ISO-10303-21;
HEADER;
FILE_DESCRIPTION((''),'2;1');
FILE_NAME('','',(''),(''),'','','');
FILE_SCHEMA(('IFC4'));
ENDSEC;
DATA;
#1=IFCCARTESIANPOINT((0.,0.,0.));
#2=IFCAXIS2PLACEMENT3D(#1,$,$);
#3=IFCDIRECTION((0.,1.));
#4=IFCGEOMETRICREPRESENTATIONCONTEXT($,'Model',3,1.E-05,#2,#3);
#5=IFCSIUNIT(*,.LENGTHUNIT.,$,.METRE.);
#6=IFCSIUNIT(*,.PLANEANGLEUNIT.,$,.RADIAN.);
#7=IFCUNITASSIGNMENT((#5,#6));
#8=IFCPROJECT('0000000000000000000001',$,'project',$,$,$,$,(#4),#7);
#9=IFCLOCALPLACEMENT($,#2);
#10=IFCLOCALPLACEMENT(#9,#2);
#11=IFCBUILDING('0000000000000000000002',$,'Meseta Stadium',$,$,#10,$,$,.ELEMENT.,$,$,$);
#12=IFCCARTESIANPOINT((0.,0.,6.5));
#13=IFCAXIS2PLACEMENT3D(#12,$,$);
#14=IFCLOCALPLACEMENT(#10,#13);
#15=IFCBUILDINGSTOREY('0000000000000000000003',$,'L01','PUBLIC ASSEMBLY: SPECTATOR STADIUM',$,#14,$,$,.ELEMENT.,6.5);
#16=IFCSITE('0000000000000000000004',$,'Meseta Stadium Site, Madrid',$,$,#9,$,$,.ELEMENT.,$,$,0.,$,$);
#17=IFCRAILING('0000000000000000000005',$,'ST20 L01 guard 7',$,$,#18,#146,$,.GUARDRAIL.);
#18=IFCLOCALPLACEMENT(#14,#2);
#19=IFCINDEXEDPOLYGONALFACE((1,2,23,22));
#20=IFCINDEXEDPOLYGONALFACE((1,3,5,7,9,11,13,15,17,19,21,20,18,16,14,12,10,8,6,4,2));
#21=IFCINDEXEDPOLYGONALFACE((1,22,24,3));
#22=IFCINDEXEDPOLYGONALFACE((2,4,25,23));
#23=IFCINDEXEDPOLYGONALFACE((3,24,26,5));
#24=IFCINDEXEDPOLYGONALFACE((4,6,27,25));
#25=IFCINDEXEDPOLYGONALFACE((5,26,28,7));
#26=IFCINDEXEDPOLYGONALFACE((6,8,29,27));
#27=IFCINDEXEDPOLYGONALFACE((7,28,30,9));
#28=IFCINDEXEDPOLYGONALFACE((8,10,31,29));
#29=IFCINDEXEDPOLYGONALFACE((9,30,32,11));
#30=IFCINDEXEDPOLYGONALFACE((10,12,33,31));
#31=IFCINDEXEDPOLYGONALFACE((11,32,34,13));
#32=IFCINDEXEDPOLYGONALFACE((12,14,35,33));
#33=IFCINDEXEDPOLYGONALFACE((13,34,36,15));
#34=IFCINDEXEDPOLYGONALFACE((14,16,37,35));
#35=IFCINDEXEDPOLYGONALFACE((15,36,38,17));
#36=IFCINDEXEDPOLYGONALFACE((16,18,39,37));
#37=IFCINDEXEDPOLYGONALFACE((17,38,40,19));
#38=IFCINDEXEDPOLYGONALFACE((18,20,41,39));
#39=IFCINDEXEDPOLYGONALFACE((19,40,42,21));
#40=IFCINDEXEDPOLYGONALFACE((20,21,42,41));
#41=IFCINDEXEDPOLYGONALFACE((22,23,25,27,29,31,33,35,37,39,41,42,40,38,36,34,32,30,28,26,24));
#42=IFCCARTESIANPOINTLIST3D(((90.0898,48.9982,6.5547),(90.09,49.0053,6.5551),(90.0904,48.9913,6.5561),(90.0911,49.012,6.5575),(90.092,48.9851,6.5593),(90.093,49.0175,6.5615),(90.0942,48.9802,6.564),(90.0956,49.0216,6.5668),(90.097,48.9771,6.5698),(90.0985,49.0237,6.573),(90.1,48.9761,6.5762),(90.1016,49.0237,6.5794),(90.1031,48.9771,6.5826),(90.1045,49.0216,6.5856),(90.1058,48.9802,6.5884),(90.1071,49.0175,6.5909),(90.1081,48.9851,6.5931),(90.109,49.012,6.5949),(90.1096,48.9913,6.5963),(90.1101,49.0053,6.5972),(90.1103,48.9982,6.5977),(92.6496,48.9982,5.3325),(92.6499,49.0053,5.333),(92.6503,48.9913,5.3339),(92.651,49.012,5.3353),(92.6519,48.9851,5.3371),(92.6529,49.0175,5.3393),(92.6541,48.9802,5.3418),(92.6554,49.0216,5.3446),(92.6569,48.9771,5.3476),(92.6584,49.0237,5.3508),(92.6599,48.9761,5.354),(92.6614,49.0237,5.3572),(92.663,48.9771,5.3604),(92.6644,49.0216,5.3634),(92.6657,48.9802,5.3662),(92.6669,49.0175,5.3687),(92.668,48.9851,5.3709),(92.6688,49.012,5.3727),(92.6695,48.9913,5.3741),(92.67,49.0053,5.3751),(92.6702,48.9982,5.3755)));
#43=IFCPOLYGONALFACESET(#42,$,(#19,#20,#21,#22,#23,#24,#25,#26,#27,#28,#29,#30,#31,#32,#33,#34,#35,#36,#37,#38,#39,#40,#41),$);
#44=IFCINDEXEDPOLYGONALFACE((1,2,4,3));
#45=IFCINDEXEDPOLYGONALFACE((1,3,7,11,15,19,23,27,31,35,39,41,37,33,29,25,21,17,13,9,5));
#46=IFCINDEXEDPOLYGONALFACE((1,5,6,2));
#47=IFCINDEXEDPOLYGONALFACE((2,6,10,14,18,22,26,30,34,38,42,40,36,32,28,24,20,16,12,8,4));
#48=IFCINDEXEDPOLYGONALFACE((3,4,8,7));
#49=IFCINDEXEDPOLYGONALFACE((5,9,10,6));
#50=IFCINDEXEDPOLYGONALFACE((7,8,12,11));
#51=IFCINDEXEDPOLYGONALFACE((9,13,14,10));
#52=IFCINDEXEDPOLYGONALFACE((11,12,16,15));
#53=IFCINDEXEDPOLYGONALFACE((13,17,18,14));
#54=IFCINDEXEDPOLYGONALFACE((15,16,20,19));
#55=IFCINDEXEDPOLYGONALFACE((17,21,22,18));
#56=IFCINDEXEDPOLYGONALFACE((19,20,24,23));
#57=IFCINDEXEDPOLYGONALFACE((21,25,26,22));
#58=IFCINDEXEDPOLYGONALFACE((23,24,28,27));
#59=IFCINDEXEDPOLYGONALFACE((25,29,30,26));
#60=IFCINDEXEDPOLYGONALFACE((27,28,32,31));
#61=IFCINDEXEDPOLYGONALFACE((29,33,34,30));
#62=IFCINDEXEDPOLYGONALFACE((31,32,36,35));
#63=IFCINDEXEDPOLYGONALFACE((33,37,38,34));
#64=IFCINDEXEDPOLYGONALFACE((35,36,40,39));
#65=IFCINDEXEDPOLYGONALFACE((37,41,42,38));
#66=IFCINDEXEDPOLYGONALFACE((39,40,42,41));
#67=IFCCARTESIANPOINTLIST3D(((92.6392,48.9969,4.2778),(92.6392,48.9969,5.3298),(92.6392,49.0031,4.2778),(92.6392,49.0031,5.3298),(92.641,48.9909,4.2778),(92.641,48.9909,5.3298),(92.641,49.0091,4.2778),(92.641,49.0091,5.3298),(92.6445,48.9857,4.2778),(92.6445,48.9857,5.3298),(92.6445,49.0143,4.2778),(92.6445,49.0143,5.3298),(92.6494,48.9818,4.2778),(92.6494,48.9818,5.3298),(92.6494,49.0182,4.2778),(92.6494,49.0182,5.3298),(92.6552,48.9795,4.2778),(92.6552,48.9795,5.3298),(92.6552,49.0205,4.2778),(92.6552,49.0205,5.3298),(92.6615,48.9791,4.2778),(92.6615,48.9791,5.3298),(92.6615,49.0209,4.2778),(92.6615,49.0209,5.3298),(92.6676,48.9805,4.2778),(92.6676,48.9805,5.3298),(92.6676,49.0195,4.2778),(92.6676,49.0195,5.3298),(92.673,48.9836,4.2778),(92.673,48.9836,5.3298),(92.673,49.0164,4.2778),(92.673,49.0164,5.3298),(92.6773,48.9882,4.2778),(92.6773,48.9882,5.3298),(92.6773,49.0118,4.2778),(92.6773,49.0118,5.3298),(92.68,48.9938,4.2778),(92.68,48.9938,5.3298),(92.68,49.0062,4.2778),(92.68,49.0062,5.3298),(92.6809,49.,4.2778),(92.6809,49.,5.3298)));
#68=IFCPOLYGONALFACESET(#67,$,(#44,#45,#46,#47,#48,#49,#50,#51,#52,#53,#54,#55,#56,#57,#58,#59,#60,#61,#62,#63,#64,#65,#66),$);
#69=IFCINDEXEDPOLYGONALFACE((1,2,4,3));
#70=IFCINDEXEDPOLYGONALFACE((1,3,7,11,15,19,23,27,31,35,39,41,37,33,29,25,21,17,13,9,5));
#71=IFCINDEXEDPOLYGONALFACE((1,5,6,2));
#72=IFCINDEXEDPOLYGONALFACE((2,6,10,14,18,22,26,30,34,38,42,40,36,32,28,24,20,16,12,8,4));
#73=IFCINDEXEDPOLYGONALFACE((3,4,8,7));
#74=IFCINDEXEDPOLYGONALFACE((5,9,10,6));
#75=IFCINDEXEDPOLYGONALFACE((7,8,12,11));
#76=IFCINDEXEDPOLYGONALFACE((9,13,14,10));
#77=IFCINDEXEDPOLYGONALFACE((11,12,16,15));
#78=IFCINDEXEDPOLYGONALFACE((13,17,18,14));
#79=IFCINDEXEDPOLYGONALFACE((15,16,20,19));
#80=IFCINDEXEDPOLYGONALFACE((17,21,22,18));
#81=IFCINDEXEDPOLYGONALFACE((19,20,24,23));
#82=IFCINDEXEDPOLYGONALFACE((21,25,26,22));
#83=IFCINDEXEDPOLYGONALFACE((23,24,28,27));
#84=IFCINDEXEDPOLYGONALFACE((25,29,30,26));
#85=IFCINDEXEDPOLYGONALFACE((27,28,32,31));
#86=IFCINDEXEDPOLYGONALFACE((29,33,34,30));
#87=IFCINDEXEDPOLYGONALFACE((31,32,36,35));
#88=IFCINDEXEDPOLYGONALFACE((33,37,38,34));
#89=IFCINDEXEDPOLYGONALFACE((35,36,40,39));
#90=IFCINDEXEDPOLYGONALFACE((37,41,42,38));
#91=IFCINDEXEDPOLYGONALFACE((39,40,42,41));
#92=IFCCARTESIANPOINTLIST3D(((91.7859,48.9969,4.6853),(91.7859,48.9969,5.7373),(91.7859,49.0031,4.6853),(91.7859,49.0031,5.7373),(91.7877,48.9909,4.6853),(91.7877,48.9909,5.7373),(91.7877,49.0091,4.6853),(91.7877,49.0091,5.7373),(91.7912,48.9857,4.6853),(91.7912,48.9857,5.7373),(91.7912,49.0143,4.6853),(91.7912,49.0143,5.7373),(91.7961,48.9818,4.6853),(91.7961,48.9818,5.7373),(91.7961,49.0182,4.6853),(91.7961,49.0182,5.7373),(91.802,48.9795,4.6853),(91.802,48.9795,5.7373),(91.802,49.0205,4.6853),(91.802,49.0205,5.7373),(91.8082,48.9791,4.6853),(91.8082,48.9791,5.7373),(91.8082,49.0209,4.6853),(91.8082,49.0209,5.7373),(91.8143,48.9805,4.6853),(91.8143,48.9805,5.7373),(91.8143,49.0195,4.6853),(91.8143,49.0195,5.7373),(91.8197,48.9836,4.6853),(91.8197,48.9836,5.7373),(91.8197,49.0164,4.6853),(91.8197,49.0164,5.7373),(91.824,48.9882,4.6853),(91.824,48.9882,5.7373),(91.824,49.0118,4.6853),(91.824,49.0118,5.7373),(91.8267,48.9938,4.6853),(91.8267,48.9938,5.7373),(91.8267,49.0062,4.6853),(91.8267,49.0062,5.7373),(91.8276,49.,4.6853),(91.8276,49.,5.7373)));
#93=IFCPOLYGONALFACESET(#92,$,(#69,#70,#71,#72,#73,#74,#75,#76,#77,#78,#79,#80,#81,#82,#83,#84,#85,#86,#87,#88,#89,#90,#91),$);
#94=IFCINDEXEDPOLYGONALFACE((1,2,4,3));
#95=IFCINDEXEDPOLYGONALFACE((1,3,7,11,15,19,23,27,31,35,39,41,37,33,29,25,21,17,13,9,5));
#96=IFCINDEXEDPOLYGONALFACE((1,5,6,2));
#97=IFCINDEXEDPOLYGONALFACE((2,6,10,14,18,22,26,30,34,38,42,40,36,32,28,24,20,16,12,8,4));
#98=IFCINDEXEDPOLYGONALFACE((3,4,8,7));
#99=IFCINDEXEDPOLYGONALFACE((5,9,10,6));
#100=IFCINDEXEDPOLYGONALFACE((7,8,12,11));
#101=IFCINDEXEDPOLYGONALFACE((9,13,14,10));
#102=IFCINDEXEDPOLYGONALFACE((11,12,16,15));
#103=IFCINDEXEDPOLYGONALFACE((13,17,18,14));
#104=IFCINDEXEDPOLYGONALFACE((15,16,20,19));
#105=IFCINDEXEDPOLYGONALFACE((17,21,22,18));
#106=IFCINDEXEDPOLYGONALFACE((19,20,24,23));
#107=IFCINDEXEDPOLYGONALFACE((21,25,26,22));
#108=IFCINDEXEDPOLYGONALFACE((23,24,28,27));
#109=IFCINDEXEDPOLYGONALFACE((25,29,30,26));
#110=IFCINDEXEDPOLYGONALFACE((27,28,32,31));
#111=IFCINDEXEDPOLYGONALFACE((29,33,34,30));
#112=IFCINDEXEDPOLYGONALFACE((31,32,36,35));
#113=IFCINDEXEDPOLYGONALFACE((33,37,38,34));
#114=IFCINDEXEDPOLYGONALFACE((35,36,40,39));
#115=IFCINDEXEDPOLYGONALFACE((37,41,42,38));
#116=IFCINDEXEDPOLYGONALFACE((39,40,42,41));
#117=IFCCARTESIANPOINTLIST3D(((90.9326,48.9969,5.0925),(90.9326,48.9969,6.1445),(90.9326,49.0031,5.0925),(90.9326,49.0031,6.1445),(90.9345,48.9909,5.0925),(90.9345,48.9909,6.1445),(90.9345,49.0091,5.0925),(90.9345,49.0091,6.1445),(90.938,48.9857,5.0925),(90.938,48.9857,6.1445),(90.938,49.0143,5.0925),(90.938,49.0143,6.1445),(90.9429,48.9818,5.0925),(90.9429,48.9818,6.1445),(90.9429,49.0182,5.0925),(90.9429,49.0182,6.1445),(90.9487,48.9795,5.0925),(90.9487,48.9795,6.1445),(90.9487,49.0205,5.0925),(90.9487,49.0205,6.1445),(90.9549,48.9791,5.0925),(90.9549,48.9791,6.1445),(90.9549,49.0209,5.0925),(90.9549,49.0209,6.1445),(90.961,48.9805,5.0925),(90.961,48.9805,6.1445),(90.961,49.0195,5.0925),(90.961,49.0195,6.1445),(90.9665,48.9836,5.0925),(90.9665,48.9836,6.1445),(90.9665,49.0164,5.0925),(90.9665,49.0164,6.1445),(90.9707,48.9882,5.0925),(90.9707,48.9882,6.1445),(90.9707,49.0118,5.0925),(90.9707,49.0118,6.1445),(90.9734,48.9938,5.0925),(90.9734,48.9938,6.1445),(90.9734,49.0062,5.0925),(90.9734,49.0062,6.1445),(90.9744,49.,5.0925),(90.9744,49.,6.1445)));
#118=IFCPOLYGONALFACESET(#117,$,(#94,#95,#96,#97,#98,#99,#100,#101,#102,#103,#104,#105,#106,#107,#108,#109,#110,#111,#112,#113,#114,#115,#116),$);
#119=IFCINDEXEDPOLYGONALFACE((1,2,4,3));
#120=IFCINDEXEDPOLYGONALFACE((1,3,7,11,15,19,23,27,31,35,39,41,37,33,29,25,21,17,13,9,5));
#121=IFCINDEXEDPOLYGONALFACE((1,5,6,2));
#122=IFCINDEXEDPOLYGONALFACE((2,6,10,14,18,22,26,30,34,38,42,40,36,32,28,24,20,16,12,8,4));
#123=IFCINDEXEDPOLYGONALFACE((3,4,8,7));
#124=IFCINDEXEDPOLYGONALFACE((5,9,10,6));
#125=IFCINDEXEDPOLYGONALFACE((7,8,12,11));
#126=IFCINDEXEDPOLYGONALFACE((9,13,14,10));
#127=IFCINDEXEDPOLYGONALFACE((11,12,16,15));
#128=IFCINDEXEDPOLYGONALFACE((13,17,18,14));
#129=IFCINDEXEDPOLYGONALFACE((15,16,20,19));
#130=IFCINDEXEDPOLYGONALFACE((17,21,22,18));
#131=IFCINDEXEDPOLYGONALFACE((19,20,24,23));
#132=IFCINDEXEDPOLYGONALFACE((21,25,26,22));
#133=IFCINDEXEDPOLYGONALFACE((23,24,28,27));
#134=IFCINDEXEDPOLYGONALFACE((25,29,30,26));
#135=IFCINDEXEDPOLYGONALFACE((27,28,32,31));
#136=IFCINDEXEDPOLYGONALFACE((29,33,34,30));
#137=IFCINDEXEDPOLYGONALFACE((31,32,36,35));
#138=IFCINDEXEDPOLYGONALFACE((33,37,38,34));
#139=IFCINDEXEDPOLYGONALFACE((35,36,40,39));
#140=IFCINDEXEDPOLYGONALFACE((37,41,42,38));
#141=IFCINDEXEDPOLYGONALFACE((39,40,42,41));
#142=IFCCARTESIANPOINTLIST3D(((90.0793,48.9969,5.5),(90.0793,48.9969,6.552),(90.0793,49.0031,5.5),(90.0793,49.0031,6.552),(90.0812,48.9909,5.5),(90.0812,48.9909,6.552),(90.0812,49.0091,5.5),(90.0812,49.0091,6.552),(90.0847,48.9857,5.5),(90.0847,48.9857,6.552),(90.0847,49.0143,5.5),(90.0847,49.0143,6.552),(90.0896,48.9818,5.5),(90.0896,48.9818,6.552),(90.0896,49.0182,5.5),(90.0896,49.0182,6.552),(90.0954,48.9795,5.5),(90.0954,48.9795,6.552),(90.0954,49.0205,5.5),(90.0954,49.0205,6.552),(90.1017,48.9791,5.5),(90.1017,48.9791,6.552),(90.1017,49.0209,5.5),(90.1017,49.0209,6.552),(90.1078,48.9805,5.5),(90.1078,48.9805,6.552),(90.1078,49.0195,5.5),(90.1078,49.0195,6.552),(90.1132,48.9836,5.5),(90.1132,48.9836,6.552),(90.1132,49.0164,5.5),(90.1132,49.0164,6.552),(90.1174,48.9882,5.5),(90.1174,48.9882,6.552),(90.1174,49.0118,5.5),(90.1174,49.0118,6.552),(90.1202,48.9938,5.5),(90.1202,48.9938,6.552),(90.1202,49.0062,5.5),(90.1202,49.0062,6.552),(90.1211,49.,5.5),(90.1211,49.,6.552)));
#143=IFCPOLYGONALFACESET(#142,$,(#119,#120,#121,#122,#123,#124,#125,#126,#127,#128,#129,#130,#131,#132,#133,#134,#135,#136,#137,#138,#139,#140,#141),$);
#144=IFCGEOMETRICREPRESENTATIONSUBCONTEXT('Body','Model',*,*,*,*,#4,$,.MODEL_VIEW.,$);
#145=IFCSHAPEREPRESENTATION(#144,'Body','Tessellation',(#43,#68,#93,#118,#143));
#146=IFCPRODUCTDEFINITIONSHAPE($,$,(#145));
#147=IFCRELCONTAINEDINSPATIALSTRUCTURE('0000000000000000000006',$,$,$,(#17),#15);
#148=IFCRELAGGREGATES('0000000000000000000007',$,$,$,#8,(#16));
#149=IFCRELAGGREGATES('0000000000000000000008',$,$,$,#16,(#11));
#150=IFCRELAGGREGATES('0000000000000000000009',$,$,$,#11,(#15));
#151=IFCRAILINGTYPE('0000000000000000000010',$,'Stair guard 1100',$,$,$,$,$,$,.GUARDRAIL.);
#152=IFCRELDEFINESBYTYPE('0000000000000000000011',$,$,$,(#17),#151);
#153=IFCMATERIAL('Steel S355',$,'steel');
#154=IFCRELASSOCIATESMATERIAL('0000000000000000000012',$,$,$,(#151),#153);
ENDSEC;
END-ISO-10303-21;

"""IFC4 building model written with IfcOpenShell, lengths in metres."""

from ifc_helpers import new_model, si_unit, direction, frame, origin, origin_2d, place, context, subcontext, project, spatial, circle, extrude, material, type_object, element, save


model = new_model("IFC4")

# Units and contexts
model_context = context("Model", 3, precision=1e-05, world=origin(), true_north=direction((0.0, 1.0)))
body_context = subcontext(model_context, "Body", "Model", "MODEL_VIEW")
ifc_project = project(units=[si_unit("LENGTHUNIT", "METRE"), si_unit("PLANEANGLEUNIT", "RADIAN")], contexts=[model_context])

# Site, building, storey
site_placement = place(None, origin())
site = spatial("IfcSite", under=ifc_project, at=site_placement, Name="Meseta Stadium Site, Madrid", CompositionType="ELEMENT", RefElevation=0.0)
building_placement = place(site_placement, origin())
building = spatial("IfcBuilding", under=site, at=building_placement, Name="Meseta Stadium", CompositionType="ELEMENT")
storey_placement = place(building_placement, frame((0.0, 0.0, 6.5)))
storey = spatial("IfcBuildingStorey", under=building, at=storey_placement, Name="L01", Description="PUBLIC ASSEMBLY: SPECTATOR STADIUM", CompositionType="ELEMENT", Elevation=6.5)

# Railing
ifc_material_1 = material(Name="Steel S355", Category="steel")
railing_type_1 = type_object("IfcRailingType", Name="Stair guard 1100", PredefinedType="GUARDRAIL", material=ifc_material_1)
railing_1_placement = place(storey_placement, frame((92.6599, 49.0, 4.2778)))
element("IfcRailing", 1, at=railing_1_placement, inside=storey, type_object=railing_type_1, Name="ST20 L01 guard 7", PredefinedType="GUARDRAIL", context=body_context, shape_type="SweptSolid", body=[
    extrude(circle(Radius=0.0239, at=origin_2d()), frame((0.0, 0.0, 1.0762), z_axis=(-0.902421, 0.0, 0.430855), x_axis=(0.0, -1.0, 0.0)), (0.0, 0.0, 1.0), 2.8367),
    extrude(circle(Radius=0.021, at=origin_2d()), origin(), (0.0, 0.0, 1.0), 1.052),
    extrude(circle(Radius=0.021, at=origin_2d()), frame((-0.8533, 0.0, 0.4075)), (0.0, 0.0, 1.0), 1.052),
    extrude(circle(Radius=0.021, at=origin_2d()), frame((-1.7065, 0.0, 0.8147)), (0.0, 0.0, 1.0), 1.052),
    extrude(circle(Radius=0.021, at=origin_2d()), frame((-2.5598, 0.0, 1.2222)), (0.0, 0.0, 1.0), 1.052),
])

save(model, "model.ifc")
